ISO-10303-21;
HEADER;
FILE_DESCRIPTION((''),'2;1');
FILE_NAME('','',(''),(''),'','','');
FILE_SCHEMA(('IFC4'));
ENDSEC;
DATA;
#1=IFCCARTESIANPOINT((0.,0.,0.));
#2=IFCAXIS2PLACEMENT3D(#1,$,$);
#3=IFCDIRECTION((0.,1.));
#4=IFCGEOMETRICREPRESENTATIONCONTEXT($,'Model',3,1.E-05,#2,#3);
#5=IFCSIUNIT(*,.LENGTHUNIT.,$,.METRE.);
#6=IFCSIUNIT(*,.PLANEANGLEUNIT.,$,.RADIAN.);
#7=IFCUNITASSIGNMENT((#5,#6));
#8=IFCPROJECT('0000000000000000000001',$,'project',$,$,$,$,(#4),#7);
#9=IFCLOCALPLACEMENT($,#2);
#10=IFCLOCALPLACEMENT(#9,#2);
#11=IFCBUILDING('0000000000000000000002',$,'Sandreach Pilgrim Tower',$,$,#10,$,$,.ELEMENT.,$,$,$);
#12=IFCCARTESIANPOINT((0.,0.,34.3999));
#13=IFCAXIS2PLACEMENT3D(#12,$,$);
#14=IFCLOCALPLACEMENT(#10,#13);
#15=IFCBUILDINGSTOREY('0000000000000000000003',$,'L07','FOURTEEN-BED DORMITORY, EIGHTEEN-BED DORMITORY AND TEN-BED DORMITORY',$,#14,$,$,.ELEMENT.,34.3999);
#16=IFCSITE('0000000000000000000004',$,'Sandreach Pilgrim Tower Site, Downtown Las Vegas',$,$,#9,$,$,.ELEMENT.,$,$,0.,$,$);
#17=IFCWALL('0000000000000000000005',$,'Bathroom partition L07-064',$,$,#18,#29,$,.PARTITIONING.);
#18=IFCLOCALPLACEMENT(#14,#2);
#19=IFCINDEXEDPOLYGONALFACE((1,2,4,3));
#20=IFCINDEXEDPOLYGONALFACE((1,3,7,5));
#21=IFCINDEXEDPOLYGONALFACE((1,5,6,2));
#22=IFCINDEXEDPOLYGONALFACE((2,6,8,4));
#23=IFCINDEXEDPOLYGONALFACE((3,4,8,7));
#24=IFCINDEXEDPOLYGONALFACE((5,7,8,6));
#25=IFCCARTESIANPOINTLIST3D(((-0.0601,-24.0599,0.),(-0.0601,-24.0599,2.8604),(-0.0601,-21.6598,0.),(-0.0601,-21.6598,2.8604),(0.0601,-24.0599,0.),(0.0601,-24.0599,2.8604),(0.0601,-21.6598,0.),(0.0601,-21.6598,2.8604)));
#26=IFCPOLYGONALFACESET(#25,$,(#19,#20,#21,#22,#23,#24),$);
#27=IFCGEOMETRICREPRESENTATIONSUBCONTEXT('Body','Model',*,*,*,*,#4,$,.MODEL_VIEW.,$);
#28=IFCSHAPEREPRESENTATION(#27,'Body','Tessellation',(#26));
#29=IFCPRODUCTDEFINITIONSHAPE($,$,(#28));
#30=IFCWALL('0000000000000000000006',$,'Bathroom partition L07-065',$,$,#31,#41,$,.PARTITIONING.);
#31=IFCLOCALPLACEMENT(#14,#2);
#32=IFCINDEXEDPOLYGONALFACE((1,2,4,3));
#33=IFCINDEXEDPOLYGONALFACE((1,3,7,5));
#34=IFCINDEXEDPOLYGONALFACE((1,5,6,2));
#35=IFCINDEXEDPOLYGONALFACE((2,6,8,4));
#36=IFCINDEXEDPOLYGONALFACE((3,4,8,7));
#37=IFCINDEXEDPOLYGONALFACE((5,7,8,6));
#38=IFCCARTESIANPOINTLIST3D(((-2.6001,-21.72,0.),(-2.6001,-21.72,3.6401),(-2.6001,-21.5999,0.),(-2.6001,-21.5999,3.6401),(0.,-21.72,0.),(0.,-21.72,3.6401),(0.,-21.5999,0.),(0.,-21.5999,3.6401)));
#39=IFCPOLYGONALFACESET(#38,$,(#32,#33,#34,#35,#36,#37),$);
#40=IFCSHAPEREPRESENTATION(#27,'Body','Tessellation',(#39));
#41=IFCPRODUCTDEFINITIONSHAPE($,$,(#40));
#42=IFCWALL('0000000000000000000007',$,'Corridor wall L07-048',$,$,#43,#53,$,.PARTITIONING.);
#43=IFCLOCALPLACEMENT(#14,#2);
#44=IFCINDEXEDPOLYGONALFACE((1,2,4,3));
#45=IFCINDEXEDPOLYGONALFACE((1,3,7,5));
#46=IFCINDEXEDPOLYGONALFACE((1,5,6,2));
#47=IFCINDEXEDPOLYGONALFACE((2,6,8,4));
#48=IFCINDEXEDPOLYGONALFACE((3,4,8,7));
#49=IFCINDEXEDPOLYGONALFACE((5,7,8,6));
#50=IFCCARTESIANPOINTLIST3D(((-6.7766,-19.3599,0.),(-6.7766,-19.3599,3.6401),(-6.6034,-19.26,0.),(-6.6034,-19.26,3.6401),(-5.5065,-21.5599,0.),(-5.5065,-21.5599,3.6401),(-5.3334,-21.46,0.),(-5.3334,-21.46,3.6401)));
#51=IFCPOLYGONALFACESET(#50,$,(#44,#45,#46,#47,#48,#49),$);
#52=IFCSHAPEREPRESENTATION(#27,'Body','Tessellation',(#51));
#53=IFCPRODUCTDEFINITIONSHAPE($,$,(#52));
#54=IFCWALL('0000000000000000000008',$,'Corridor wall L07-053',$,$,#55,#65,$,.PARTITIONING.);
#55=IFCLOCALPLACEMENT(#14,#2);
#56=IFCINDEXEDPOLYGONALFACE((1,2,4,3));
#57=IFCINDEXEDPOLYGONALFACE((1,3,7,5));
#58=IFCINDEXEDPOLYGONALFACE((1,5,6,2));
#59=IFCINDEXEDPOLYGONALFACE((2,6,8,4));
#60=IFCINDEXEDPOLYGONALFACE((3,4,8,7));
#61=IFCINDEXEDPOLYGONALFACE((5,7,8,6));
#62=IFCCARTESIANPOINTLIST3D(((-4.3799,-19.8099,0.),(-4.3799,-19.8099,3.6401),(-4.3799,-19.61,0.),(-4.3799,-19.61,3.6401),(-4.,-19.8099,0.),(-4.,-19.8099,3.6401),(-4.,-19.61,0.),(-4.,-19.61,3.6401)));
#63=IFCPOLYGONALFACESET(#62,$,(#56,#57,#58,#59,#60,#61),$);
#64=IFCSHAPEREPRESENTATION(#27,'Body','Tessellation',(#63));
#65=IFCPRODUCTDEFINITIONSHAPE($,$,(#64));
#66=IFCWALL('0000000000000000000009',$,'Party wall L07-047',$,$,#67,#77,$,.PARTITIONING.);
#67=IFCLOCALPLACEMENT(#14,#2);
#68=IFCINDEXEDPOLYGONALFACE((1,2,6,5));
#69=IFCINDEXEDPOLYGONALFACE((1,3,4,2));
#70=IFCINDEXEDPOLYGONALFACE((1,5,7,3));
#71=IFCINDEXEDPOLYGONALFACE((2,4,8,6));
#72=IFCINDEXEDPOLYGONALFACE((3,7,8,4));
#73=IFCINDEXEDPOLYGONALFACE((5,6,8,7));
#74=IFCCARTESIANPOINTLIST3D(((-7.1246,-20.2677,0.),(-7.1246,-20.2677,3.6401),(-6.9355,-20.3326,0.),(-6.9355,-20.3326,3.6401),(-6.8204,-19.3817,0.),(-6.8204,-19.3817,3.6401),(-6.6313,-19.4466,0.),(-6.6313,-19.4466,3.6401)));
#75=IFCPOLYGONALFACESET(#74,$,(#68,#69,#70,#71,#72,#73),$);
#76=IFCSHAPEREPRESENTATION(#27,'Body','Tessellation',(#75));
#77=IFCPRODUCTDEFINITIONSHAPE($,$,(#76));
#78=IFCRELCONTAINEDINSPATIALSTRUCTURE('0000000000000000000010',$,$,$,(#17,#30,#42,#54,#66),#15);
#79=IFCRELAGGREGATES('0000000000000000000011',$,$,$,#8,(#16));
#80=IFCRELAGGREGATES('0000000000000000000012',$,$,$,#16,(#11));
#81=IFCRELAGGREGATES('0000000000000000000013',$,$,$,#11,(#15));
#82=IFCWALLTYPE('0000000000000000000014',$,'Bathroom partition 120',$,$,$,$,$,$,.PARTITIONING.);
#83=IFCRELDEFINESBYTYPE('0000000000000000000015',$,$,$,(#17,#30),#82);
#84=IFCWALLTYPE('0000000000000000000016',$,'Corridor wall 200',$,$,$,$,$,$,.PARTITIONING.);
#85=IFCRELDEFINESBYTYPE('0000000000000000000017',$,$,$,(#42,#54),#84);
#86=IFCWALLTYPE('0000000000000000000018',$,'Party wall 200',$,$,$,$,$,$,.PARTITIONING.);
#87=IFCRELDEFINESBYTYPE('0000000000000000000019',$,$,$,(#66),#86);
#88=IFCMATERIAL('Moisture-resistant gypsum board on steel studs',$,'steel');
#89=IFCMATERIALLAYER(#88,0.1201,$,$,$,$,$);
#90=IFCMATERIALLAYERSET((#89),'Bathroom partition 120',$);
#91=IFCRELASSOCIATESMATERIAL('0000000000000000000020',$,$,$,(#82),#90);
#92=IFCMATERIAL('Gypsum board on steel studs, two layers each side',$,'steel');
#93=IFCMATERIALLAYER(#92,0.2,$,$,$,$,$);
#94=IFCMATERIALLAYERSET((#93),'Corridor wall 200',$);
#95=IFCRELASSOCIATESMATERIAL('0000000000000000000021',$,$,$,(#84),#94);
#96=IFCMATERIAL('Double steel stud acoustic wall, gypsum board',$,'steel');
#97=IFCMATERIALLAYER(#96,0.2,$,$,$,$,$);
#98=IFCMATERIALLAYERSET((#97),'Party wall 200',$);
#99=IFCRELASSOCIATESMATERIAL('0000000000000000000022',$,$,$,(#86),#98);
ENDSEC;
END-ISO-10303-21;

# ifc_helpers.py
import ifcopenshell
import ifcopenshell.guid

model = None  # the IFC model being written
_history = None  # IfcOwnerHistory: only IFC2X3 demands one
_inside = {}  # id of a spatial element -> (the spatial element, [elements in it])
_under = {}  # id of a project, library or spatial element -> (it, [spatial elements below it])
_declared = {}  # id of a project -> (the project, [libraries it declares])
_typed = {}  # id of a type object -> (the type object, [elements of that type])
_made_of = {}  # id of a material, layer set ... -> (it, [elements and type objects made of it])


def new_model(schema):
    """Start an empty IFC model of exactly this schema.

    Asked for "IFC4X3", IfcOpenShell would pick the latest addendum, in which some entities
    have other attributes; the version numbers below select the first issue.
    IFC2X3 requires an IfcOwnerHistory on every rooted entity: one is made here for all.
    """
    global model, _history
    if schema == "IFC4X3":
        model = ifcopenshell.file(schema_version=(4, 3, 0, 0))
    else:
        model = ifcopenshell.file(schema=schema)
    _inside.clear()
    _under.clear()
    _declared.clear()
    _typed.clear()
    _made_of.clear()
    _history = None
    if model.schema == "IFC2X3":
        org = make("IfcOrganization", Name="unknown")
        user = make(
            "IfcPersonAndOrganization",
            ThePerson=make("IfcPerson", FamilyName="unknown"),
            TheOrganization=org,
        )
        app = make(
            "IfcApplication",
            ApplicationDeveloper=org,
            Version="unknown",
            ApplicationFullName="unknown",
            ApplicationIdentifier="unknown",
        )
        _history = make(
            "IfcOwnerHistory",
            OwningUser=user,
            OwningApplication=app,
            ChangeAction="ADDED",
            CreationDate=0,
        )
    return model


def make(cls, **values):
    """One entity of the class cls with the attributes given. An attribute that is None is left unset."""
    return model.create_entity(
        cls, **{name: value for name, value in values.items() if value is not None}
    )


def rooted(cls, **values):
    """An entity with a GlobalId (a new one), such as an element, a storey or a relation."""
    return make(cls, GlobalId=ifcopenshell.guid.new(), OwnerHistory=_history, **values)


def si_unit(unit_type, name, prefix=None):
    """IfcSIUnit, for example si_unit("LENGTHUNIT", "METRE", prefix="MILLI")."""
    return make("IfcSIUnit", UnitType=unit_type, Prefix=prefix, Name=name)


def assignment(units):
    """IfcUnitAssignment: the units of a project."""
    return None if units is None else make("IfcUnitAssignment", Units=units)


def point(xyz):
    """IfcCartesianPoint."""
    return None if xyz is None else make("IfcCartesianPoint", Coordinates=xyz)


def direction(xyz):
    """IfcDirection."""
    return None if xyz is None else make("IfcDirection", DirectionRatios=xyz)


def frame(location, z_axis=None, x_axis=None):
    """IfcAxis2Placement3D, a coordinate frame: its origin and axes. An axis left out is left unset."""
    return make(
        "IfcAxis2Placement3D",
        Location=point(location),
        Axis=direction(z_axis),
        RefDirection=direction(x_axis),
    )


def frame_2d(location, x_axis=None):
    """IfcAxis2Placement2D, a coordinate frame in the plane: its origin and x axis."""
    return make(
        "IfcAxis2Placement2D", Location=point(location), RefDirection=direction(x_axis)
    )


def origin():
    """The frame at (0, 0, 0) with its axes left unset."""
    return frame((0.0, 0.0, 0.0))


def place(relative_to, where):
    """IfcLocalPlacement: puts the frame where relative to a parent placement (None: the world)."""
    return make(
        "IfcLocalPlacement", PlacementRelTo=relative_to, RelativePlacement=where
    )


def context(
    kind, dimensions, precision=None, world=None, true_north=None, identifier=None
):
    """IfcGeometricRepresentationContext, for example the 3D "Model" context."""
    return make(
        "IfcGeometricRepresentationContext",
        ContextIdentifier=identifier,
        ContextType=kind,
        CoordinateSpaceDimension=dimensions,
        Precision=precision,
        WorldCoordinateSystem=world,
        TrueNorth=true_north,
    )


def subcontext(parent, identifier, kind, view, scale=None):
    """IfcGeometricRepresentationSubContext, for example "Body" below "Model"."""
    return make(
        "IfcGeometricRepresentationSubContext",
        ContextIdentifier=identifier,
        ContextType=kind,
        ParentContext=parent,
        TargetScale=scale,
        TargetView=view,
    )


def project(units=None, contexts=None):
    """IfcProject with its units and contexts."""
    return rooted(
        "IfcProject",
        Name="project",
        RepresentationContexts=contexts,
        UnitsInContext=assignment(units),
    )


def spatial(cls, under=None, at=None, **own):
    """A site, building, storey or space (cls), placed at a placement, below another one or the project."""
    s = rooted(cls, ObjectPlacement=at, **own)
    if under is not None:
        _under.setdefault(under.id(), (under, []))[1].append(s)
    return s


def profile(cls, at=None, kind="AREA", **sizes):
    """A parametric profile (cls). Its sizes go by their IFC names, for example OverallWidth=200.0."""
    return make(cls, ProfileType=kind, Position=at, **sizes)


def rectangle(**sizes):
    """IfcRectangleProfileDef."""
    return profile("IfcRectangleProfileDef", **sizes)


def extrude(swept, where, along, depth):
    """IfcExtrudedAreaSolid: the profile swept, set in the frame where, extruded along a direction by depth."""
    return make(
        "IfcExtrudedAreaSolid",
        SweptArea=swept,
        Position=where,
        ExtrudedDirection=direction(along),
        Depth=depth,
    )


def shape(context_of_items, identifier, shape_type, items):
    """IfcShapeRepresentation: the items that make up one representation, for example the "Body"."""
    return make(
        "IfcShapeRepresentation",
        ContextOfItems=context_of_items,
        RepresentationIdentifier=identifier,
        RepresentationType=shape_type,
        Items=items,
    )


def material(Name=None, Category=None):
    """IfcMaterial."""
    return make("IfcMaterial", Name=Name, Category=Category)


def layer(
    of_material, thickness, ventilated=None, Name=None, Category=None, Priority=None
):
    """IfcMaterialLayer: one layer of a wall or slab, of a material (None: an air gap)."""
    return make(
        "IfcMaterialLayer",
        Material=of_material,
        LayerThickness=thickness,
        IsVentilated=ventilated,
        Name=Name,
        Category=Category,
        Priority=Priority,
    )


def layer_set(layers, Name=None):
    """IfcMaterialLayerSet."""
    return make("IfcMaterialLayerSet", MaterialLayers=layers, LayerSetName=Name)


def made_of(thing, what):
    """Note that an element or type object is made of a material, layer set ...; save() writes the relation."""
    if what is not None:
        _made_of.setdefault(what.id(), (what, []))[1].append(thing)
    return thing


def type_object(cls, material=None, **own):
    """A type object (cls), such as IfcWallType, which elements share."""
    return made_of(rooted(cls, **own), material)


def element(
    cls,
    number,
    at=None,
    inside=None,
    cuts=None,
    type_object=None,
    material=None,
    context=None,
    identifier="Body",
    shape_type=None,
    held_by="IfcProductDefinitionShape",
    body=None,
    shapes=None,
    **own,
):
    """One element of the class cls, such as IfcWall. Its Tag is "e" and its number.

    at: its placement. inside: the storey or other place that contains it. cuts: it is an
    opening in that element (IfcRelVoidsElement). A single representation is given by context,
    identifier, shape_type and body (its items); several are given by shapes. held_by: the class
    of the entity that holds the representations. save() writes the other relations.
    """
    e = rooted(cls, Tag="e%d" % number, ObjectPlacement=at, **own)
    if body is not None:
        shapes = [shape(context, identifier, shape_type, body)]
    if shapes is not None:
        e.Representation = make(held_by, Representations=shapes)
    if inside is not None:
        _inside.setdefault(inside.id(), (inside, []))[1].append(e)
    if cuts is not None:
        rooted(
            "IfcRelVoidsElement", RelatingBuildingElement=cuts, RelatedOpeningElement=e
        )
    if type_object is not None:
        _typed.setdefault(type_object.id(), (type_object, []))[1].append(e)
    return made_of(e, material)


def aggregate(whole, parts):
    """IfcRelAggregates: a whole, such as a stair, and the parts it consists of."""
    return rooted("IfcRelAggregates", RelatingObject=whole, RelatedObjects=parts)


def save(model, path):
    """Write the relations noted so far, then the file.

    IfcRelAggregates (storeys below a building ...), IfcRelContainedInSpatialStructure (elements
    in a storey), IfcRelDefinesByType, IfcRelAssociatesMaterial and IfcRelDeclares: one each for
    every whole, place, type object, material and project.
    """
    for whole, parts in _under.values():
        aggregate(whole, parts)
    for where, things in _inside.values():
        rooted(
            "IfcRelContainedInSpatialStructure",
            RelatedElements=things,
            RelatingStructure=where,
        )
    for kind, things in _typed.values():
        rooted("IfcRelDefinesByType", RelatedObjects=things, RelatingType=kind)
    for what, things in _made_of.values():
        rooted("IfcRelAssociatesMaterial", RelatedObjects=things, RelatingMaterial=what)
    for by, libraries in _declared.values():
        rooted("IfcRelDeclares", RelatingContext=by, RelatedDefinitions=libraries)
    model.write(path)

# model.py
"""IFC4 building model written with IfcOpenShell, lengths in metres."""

from ifc_helpers import new_model, si_unit, direction, frame, frame_2d, origin, place, context, subcontext, project, spatial, rectangle, extrude, material, layer, layer_set, type_object, element, save


model = new_model("IFC4")

# Units and contexts
model_context = context("Model", 3, precision=1e-05, world=origin(), true_north=direction((0.0, 1.0)))
body_context = subcontext(model_context, "Body", "Model", "MODEL_VIEW")
ifc_project = project(units=[si_unit("LENGTHUNIT", "METRE"), si_unit("PLANEANGLEUNIT", "RADIAN")], contexts=[model_context])

# Site, building, storey
site_placement = place(None, origin())
site = spatial("IfcSite", under=ifc_project, at=site_placement, Name="Sandreach Pilgrim Tower Site, Downtown Las Vegas", CompositionType="ELEMENT", RefElevation=0.0)
building_placement = place(site_placement, origin())
building = spatial("IfcBuilding", under=site, at=building_placement, Name="Sandreach Pilgrim Tower", CompositionType="ELEMENT")
storey_placement = place(building_placement, frame((0.0, 0.0, 34.3999)))
storey = spatial("IfcBuildingStorey", under=building, at=storey_placement, Name="L07", Description="FOURTEEN-BED DORMITORY, EIGHTEEN-BED DORMITORY AND TEN-BED DORMITORY", CompositionType="ELEMENT", Elevation=34.3999)

# Shared definitions
ifc_material_1 = material(Name="Moisture-resistant gypsum board on steel studs", Category="steel")
ifc_layer_1 = layer(ifc_material_1, 0.1201)
ifc_layer_set_1 = layer_set([ifc_layer_1], Name="Bathroom partition 120")
wall_type_1 = type_object("IfcWallType", Name="Bathroom partition 120", PredefinedType="PARTITIONING", material=ifc_layer_set_1)

# Walls
wall_1_placement = place(storey_placement, frame((0.0, -24.0601, 0.0), z_axis=(0.0, 0.0, 1.0), x_axis=(0.0, 1.0, 0.0)))
element("IfcWall", 1, at=wall_1_placement, inside=storey, type_object=wall_type_1, Name="Bathroom partition L07-064", PredefinedType="PARTITIONING", context=body_context, shape_type="SweptSolid", body=[
    extrude(rectangle(XDim=2.4001, YDim=0.1201, at=frame_2d((1.2002, 0.0))), origin(), (0.0, 0.0, 1.0), 2.8604),
])
wall_2_placement = place(storey_placement, frame((0.0, -21.6599, 0.0), z_axis=(0.0, 0.0, 1.0), x_axis=(-1.0, 0.0, 0.0)))
element("IfcWall", 2, at=wall_2_placement, inside=storey, type_object=wall_type_1, Name="Bathroom partition L07-065", PredefinedType="PARTITIONING", context=body_context, shape_type="SweptSolid", body=[
    extrude(rectangle(XDim=2.6001, YDim=0.1201, at=frame_2d((1.3, 0.0))), origin(), (0.0, 0.0, 1.0), 3.6401),
])

# Shared definitions
ifc_material_2 = material(Name="Gypsum board on steel studs, two layers each side", Category="steel")
ifc_layer_2 = layer(ifc_material_2, 0.2)
ifc_layer_set_2 = layer_set([ifc_layer_2], Name="Corridor wall 200")
wall_type_2 = type_object("IfcWallType", Name="Corridor wall 200", PredefinedType="PARTITIONING", material=ifc_layer_set_2)

# Wall
wall_3_placement = place(storey_placement, frame((-6.6899, -19.3101, 0.0), z_axis=(0.0, 0.0, 1.0), x_axis=(0.499964, -0.866046, 0.0)))
element("IfcWall", 3, at=wall_3_placement, inside=storey, type_object=wall_type_2, Name="Corridor wall L07-048", PredefinedType="PARTITIONING", context=body_context, shape_type="SweptSolid", body=[
    extrude(rectangle(XDim=2.5403, YDim=0.2, at=frame_2d((1.27, 0.0))), origin(), (0.0, 0.0, 1.0), 3.6401),
])

# Walls
wall_4_placement = place(storey_placement, frame((-4.0, -19.71, 0.0), z_axis=(0.0, 0.0, 1.0), x_axis=(-1.0, 0.0, 0.0)))
element("IfcWall", 4, at=wall_4_placement, inside=storey, type_object=wall_type_2, Name="Corridor wall L07-053", PredefinedType="PARTITIONING", context=body_context, shape_type="SweptSolid", body=[
    extrude(rectangle(XDim=0.3799, YDim=0.2, at=frame_2d((0.1899, 0.0))), origin(), (0.0, 0.0, 1.0), 3.6401),
])
ifc_material_3 = material(Name="Double steel stud acoustic wall, gypsum board", Category="steel")
ifc_layer_3 = layer(ifc_material_3, 0.2)
ifc_layer_set_3 = layer_set([ifc_layer_3], Name="Party wall 200")
wall_type_3 = type_object("IfcWallType", Name="Party wall 200", PredefinedType="PARTITIONING", material=ifc_layer_set_3)
wall_5_placement = place(storey_placement, frame((-7.03, -20.3, 0.0), z_axis=(0.0, 0.0, 1.0), x_axis=(0.324737, 0.945804, 0.0)))
element("IfcWall", 5, at=wall_5_placement, inside=storey, type_object=wall_type_3, Name="Party wall L07-047", PredefinedType="PARTITIONING", context=body_context, shape_type="SweptSolid", body=[
    extrude(rectangle(XDim=0.9368, YDim=0.2, at=frame_2d((0.4683, 0.0))), origin(), (0.0, 0.0, 1.0), 3.6401),
])

save(model, "model.ifc")
